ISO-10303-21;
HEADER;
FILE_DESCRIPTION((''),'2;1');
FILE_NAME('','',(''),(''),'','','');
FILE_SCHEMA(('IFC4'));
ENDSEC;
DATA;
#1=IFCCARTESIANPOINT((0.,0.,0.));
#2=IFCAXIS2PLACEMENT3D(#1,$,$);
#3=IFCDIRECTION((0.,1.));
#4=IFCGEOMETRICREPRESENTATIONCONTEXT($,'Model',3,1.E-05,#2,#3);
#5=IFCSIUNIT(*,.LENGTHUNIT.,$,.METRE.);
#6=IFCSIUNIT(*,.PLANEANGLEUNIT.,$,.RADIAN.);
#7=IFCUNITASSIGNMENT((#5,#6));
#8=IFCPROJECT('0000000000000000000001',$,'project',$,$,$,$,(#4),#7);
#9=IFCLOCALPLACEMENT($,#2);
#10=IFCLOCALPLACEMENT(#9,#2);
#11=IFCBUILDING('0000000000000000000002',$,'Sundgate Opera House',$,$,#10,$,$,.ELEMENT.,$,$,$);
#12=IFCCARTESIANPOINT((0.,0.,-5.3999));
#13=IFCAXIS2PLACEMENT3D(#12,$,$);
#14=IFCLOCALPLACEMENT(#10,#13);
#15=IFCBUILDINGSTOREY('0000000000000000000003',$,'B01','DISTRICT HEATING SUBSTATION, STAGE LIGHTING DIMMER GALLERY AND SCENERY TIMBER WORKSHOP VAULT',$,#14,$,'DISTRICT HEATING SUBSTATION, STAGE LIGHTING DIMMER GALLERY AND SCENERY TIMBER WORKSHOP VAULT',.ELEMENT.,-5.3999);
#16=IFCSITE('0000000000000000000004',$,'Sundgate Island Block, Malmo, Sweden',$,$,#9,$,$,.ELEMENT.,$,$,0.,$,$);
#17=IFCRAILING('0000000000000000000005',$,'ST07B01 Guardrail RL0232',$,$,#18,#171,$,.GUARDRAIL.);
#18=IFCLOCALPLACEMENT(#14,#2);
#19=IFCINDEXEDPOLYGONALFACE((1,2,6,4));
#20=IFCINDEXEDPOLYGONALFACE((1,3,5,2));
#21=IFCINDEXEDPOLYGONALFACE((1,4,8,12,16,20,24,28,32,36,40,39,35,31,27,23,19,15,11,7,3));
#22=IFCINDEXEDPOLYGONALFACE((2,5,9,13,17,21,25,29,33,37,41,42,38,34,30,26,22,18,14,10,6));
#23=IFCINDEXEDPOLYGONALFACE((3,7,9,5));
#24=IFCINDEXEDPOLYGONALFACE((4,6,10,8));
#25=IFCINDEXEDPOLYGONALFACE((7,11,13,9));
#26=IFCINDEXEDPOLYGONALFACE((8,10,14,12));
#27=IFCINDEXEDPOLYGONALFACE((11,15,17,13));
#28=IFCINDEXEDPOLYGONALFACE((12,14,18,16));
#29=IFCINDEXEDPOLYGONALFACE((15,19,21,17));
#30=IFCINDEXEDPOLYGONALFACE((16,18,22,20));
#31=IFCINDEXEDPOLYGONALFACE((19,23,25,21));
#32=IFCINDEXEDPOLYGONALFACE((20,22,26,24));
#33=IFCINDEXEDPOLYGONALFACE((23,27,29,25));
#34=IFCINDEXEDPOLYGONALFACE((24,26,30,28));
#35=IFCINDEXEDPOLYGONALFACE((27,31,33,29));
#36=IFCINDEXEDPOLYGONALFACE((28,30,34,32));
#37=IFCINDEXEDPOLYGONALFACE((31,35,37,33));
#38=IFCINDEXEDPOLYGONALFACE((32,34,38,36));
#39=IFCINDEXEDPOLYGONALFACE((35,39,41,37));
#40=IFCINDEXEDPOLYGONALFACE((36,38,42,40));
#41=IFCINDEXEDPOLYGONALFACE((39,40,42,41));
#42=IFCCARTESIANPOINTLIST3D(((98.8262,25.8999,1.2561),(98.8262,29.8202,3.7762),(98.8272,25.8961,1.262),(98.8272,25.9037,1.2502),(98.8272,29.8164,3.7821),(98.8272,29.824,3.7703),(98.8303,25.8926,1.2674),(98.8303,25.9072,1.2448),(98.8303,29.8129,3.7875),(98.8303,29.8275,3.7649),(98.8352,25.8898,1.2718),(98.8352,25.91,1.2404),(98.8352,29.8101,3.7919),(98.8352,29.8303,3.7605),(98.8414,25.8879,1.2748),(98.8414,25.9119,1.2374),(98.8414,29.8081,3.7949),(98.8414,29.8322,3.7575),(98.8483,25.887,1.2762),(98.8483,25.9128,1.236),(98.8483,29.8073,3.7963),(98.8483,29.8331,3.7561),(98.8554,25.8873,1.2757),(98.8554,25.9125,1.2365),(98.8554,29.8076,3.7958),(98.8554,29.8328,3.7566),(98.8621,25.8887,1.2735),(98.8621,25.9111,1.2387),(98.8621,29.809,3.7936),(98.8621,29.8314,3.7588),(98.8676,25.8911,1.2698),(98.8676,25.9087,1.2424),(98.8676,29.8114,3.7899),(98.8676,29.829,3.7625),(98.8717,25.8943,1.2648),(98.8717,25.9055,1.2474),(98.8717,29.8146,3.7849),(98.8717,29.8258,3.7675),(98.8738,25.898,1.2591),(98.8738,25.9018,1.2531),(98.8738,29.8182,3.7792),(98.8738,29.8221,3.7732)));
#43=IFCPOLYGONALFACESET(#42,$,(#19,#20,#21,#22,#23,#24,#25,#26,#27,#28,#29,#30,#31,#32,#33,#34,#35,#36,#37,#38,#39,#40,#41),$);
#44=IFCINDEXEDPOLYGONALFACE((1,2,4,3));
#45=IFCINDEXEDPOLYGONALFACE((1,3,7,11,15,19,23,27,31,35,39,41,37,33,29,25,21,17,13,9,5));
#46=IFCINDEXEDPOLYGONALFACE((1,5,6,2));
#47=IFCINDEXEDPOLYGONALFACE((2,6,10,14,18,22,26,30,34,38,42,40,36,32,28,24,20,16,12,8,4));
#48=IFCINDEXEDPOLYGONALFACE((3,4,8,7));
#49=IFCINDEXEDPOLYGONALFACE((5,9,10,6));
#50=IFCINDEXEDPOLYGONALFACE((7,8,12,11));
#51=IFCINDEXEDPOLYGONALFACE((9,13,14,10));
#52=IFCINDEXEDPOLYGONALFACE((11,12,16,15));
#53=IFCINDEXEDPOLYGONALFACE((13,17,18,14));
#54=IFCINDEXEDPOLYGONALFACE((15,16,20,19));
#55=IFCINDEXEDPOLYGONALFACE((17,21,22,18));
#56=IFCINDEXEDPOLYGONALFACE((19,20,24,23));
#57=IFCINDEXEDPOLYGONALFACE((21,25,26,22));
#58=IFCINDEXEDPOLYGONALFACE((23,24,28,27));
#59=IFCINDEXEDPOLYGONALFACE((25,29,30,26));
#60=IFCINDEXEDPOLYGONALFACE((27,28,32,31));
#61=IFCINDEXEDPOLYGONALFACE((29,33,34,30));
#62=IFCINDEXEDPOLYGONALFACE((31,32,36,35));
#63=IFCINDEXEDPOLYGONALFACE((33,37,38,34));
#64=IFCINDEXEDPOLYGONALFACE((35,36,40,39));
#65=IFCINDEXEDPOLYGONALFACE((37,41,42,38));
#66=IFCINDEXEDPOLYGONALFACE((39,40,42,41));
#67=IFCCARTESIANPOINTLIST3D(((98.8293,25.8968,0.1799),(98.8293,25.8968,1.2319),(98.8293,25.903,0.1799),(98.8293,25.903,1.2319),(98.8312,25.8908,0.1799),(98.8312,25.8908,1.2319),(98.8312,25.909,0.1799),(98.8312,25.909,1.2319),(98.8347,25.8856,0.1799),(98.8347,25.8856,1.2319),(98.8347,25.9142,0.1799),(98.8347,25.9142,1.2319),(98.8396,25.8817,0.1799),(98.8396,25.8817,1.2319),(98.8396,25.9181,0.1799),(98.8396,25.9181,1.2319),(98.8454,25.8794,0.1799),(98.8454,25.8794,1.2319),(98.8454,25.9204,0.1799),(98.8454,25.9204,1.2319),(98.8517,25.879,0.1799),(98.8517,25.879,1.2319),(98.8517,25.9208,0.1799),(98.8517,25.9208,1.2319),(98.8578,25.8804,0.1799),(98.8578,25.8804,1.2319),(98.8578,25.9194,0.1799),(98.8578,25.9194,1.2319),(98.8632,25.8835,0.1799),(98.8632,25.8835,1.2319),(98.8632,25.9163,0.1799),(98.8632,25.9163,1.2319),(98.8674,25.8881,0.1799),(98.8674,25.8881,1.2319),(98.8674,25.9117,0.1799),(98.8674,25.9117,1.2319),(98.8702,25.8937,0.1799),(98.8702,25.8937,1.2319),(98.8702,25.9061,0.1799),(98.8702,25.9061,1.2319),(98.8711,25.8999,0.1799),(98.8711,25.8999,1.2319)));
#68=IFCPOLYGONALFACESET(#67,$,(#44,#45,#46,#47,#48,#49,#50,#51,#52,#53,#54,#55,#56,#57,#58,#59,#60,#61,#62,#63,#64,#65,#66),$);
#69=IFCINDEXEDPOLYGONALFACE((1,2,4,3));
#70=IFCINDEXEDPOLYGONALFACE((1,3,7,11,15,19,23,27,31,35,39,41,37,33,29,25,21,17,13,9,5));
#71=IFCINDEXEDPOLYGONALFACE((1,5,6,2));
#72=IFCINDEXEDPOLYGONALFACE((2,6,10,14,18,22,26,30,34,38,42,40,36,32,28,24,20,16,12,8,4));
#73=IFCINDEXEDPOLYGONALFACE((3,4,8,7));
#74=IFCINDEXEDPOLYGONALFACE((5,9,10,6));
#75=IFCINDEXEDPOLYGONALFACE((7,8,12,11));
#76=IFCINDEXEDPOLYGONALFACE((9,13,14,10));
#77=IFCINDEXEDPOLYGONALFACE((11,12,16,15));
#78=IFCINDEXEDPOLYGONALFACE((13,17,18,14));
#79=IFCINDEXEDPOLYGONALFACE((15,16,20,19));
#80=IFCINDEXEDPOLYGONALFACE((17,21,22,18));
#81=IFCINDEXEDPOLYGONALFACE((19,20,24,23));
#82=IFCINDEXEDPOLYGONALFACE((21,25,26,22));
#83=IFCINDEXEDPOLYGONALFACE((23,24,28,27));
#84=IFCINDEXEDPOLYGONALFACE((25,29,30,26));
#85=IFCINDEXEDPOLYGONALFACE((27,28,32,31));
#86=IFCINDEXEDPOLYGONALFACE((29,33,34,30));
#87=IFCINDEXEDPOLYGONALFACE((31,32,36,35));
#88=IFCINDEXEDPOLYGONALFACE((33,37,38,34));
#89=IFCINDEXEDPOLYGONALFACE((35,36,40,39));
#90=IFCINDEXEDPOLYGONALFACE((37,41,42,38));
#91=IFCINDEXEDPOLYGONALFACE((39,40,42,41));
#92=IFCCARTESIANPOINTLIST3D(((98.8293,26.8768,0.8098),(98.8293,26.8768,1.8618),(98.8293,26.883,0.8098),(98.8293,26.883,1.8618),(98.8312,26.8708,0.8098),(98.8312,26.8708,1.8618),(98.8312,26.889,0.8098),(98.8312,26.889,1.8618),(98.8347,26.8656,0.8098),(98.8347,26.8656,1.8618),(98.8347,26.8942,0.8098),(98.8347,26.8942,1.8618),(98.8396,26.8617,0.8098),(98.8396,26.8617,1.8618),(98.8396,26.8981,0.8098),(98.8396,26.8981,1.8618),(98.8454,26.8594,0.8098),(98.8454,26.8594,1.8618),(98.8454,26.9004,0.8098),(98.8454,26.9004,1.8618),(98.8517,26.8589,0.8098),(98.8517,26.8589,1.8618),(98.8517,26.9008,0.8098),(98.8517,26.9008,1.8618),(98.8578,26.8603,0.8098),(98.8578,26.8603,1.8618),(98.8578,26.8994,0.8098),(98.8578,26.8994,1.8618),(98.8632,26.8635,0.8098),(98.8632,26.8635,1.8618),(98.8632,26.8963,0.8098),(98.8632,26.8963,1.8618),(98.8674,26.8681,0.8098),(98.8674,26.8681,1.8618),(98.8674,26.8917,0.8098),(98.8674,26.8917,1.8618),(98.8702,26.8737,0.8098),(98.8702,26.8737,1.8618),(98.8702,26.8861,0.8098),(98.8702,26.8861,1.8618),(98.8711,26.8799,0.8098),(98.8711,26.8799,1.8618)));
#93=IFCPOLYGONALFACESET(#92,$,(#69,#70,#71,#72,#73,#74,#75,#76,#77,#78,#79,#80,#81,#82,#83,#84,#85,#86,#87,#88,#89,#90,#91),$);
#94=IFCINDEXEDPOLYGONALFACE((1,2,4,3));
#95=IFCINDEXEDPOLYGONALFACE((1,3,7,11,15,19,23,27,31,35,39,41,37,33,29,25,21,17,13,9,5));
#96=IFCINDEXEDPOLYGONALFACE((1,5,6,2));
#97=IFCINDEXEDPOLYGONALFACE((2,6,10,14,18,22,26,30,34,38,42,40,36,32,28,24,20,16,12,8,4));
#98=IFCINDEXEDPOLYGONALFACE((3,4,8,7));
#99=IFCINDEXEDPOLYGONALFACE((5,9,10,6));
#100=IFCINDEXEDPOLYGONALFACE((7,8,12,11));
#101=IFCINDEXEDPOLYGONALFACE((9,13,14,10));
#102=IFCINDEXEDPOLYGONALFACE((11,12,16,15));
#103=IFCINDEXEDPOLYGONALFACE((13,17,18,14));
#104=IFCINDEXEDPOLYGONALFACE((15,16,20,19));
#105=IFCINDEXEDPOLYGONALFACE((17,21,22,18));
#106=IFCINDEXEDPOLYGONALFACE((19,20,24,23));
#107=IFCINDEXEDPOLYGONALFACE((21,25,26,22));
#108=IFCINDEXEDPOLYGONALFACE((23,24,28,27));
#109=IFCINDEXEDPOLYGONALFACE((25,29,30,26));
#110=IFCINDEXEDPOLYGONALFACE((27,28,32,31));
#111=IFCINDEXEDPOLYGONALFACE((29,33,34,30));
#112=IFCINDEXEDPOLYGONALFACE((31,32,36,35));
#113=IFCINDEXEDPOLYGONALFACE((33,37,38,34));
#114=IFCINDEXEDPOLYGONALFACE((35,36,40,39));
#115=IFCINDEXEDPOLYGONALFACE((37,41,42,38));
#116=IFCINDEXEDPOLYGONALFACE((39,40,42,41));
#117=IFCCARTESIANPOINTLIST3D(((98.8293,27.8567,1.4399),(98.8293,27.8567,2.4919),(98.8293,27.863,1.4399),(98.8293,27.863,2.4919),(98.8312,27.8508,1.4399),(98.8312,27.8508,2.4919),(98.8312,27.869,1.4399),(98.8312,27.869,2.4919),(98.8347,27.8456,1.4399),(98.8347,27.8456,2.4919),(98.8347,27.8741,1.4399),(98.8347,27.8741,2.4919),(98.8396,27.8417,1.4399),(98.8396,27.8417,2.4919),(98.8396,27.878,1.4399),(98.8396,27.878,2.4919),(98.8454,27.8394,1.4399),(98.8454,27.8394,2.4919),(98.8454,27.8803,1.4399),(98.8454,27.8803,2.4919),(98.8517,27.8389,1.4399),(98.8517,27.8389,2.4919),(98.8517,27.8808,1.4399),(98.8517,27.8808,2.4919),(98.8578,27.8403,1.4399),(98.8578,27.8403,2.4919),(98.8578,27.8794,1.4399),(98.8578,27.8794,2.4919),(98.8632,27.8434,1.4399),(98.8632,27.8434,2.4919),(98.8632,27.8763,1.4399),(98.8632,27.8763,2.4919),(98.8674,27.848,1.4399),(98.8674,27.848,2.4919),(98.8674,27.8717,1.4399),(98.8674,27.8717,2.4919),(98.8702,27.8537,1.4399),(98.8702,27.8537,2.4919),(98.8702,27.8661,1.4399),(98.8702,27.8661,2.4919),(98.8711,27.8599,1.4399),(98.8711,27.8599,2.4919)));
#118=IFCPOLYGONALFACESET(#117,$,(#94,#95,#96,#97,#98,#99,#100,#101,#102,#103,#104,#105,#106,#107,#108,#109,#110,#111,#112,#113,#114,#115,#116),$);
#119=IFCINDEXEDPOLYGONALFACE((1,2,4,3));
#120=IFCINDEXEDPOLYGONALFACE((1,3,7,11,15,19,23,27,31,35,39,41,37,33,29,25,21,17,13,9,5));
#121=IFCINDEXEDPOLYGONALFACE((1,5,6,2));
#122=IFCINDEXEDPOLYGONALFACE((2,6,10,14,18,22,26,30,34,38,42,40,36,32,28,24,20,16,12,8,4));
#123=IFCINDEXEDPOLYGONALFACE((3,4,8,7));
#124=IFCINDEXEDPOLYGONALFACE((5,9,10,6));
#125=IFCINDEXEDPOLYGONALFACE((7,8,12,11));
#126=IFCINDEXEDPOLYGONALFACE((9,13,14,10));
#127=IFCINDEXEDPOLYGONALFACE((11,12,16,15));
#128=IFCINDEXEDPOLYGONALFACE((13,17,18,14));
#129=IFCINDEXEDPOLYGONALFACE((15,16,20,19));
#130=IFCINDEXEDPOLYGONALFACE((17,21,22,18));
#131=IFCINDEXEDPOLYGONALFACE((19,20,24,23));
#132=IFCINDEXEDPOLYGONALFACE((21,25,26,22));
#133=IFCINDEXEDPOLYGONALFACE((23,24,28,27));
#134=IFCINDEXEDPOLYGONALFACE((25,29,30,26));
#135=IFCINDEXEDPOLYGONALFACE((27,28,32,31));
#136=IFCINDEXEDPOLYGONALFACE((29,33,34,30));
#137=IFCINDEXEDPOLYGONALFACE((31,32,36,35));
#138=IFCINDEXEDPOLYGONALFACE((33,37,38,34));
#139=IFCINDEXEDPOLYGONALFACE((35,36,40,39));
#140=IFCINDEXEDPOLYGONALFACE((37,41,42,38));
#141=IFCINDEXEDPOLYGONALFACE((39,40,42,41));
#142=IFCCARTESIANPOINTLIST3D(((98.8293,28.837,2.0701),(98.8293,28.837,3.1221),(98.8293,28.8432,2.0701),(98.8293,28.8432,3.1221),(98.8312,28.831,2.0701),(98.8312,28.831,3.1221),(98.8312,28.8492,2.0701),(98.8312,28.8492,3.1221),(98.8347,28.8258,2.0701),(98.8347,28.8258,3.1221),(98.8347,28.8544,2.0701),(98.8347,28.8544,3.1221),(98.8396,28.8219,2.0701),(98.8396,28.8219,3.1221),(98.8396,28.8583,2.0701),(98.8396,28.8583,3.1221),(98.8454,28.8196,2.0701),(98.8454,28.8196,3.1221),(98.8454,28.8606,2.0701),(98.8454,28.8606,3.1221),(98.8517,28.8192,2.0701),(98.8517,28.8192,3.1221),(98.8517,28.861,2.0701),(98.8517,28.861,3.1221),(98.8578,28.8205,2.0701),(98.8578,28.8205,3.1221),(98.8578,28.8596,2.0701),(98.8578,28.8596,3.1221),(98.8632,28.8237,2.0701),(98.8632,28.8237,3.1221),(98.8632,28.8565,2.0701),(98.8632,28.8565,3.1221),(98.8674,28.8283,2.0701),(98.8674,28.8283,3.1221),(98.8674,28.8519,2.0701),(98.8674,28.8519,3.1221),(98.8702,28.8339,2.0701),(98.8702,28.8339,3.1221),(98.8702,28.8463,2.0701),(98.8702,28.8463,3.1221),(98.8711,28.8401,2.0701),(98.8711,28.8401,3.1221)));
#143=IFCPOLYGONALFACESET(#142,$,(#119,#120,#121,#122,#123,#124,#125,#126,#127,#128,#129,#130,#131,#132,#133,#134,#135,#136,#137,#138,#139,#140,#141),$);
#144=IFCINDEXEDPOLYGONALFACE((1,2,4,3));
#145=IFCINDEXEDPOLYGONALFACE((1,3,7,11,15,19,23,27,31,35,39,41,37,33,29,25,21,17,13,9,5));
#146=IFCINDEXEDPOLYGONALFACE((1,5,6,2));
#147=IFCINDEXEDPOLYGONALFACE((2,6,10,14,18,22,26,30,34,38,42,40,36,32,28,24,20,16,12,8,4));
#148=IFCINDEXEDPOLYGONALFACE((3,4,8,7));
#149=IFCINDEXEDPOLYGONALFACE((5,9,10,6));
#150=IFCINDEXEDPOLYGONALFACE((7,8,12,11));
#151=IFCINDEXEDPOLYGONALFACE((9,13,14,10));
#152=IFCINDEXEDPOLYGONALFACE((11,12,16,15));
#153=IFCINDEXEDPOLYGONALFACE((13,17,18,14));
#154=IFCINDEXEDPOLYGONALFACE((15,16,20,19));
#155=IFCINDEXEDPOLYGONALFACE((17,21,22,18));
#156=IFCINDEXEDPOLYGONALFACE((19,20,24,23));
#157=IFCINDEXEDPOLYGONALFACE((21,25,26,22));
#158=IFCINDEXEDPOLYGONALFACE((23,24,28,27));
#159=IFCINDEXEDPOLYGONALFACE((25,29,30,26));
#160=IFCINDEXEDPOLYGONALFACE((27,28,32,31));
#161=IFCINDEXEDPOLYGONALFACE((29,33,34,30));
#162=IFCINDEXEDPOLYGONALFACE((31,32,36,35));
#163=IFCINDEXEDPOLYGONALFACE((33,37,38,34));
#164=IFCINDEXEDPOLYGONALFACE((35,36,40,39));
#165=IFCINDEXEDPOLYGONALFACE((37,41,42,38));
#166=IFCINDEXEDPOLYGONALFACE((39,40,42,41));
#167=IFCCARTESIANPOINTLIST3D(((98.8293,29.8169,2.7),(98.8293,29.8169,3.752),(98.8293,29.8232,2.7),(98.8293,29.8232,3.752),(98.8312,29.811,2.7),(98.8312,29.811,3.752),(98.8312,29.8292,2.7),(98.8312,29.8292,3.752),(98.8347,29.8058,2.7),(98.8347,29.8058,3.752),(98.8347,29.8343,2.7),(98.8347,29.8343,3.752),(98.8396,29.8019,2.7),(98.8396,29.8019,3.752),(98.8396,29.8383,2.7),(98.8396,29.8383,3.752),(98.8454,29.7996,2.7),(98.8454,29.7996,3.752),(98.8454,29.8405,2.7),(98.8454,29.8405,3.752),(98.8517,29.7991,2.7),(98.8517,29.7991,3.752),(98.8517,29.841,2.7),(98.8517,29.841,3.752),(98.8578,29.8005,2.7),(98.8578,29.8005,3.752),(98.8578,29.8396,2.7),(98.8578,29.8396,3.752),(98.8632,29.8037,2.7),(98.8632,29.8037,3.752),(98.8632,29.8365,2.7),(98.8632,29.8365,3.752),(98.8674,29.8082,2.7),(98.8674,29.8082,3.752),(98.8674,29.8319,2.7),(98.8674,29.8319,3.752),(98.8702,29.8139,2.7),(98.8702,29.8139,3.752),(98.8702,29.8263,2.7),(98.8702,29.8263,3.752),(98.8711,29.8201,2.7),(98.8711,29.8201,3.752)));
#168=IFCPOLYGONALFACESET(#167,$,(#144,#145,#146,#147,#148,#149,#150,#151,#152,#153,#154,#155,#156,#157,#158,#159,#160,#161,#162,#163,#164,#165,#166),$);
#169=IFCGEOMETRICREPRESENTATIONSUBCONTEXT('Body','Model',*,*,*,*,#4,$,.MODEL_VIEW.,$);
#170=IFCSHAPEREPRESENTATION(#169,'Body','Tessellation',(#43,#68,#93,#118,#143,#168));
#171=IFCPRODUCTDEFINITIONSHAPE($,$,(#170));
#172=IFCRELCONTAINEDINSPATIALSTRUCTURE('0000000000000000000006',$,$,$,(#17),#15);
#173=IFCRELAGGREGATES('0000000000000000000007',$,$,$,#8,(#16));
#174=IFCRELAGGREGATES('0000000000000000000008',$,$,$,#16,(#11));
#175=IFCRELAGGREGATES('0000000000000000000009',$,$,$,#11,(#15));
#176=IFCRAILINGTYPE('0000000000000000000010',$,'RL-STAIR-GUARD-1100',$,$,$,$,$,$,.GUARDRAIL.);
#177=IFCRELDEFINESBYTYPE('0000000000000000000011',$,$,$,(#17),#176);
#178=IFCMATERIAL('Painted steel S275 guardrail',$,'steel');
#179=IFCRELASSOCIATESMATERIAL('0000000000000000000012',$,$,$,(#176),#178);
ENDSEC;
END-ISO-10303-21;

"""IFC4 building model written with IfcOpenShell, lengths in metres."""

from ifc_helpers import new_model, si_unit, direction, frame, origin, origin_2d, place, context, subcontext, project, spatial, circle, extrude, material, type_object, element, save


model = new_model("IFC4")

# Units and contexts
model_context = context("Model", 3, precision=1e-05, world=origin(), true_north=direction((0.0, 1.0)))
body_context = subcontext(model_context, "Body", "Model", "MODEL_VIEW")
ifc_project = project(units=[si_unit("LENGTHUNIT", "METRE"), si_unit("PLANEANGLEUNIT", "RADIAN")], contexts=[model_context])

# Site, building, storey
site_placement = place(None, origin())
site = spatial("IfcSite", under=ifc_project, at=site_placement, Name="Sundgate Island Block, Malmo, Sweden", CompositionType="ELEMENT", RefElevation=0.0)
building_placement = place(site_placement, origin())
building = spatial("IfcBuilding", under=site, at=building_placement, Name="Sundgate Opera House", CompositionType="ELEMENT")
storey_placement = place(building_placement, frame((0.0, 0.0, -5.3999)))
storey = spatial("IfcBuildingStorey", under=building, at=storey_placement, Name="B01", Description="DISTRICT HEATING SUBSTATION, STAGE LIGHTING DIMMER GALLERY AND SCENERY TIMBER WORKSHOP VAULT", LongName="DISTRICT HEATING SUBSTATION, STAGE LIGHTING DIMMER GALLERY AND SCENERY TIMBER WORKSHOP VAULT", CompositionType="ELEMENT", Elevation=-5.3999)

# Railing
ifc_material_1 = material(Name="Painted steel S275 guardrail", Category="steel")
railing_type_1 = type_object("IfcRailingType", Name="RL-STAIR-GUARD-1100", PredefinedType="GUARDRAIL", material=ifc_material_1)
railing_1_placement = place(storey_placement, frame((98.8501, 25.8999, 0.1799)))
element("IfcRailing", 1, at=railing_1_placement, inside=storey, type_object=railing_type_1, Name="ST07B01 Guardrail RL0232", PredefinedType="GUARDRAIL", context=body_context, shape_type="SweptSolid", body=[
    extrude(circle(Radius=0.0239, at=origin_2d()), frame((0.0, 0.0, 1.0762), z_axis=(0.0, 0.841187, 0.540744), x_axis=(-1.0, 0.0, 0.0)), (0.0, 0.0, 1.0), 4.6604),
    extrude(circle(Radius=0.021, at=origin_2d()), origin(), (0.0, 0.0, 1.0), 1.052),
    extrude(circle(Radius=0.021, at=origin_2d()), frame((0.0, 0.98, 0.6299)), (0.0, 0.0, 1.0), 1.052),
    extrude(circle(Radius=0.021, at=origin_2d()), frame((0.0, 1.96, 1.26)), (0.0, 0.0, 1.0), 1.052),
    extrude(circle(Radius=0.021, at=origin_2d()), frame((0.0, 2.9402, 1.8901)), (0.0, 0.0, 1.0), 1.052),
    extrude(circle(Radius=0.021, at=origin_2d()), frame((0.0, 3.9202, 2.52)), (0.0, 0.0, 1.0), 1.052),
])

save(model, "model.ifc")
